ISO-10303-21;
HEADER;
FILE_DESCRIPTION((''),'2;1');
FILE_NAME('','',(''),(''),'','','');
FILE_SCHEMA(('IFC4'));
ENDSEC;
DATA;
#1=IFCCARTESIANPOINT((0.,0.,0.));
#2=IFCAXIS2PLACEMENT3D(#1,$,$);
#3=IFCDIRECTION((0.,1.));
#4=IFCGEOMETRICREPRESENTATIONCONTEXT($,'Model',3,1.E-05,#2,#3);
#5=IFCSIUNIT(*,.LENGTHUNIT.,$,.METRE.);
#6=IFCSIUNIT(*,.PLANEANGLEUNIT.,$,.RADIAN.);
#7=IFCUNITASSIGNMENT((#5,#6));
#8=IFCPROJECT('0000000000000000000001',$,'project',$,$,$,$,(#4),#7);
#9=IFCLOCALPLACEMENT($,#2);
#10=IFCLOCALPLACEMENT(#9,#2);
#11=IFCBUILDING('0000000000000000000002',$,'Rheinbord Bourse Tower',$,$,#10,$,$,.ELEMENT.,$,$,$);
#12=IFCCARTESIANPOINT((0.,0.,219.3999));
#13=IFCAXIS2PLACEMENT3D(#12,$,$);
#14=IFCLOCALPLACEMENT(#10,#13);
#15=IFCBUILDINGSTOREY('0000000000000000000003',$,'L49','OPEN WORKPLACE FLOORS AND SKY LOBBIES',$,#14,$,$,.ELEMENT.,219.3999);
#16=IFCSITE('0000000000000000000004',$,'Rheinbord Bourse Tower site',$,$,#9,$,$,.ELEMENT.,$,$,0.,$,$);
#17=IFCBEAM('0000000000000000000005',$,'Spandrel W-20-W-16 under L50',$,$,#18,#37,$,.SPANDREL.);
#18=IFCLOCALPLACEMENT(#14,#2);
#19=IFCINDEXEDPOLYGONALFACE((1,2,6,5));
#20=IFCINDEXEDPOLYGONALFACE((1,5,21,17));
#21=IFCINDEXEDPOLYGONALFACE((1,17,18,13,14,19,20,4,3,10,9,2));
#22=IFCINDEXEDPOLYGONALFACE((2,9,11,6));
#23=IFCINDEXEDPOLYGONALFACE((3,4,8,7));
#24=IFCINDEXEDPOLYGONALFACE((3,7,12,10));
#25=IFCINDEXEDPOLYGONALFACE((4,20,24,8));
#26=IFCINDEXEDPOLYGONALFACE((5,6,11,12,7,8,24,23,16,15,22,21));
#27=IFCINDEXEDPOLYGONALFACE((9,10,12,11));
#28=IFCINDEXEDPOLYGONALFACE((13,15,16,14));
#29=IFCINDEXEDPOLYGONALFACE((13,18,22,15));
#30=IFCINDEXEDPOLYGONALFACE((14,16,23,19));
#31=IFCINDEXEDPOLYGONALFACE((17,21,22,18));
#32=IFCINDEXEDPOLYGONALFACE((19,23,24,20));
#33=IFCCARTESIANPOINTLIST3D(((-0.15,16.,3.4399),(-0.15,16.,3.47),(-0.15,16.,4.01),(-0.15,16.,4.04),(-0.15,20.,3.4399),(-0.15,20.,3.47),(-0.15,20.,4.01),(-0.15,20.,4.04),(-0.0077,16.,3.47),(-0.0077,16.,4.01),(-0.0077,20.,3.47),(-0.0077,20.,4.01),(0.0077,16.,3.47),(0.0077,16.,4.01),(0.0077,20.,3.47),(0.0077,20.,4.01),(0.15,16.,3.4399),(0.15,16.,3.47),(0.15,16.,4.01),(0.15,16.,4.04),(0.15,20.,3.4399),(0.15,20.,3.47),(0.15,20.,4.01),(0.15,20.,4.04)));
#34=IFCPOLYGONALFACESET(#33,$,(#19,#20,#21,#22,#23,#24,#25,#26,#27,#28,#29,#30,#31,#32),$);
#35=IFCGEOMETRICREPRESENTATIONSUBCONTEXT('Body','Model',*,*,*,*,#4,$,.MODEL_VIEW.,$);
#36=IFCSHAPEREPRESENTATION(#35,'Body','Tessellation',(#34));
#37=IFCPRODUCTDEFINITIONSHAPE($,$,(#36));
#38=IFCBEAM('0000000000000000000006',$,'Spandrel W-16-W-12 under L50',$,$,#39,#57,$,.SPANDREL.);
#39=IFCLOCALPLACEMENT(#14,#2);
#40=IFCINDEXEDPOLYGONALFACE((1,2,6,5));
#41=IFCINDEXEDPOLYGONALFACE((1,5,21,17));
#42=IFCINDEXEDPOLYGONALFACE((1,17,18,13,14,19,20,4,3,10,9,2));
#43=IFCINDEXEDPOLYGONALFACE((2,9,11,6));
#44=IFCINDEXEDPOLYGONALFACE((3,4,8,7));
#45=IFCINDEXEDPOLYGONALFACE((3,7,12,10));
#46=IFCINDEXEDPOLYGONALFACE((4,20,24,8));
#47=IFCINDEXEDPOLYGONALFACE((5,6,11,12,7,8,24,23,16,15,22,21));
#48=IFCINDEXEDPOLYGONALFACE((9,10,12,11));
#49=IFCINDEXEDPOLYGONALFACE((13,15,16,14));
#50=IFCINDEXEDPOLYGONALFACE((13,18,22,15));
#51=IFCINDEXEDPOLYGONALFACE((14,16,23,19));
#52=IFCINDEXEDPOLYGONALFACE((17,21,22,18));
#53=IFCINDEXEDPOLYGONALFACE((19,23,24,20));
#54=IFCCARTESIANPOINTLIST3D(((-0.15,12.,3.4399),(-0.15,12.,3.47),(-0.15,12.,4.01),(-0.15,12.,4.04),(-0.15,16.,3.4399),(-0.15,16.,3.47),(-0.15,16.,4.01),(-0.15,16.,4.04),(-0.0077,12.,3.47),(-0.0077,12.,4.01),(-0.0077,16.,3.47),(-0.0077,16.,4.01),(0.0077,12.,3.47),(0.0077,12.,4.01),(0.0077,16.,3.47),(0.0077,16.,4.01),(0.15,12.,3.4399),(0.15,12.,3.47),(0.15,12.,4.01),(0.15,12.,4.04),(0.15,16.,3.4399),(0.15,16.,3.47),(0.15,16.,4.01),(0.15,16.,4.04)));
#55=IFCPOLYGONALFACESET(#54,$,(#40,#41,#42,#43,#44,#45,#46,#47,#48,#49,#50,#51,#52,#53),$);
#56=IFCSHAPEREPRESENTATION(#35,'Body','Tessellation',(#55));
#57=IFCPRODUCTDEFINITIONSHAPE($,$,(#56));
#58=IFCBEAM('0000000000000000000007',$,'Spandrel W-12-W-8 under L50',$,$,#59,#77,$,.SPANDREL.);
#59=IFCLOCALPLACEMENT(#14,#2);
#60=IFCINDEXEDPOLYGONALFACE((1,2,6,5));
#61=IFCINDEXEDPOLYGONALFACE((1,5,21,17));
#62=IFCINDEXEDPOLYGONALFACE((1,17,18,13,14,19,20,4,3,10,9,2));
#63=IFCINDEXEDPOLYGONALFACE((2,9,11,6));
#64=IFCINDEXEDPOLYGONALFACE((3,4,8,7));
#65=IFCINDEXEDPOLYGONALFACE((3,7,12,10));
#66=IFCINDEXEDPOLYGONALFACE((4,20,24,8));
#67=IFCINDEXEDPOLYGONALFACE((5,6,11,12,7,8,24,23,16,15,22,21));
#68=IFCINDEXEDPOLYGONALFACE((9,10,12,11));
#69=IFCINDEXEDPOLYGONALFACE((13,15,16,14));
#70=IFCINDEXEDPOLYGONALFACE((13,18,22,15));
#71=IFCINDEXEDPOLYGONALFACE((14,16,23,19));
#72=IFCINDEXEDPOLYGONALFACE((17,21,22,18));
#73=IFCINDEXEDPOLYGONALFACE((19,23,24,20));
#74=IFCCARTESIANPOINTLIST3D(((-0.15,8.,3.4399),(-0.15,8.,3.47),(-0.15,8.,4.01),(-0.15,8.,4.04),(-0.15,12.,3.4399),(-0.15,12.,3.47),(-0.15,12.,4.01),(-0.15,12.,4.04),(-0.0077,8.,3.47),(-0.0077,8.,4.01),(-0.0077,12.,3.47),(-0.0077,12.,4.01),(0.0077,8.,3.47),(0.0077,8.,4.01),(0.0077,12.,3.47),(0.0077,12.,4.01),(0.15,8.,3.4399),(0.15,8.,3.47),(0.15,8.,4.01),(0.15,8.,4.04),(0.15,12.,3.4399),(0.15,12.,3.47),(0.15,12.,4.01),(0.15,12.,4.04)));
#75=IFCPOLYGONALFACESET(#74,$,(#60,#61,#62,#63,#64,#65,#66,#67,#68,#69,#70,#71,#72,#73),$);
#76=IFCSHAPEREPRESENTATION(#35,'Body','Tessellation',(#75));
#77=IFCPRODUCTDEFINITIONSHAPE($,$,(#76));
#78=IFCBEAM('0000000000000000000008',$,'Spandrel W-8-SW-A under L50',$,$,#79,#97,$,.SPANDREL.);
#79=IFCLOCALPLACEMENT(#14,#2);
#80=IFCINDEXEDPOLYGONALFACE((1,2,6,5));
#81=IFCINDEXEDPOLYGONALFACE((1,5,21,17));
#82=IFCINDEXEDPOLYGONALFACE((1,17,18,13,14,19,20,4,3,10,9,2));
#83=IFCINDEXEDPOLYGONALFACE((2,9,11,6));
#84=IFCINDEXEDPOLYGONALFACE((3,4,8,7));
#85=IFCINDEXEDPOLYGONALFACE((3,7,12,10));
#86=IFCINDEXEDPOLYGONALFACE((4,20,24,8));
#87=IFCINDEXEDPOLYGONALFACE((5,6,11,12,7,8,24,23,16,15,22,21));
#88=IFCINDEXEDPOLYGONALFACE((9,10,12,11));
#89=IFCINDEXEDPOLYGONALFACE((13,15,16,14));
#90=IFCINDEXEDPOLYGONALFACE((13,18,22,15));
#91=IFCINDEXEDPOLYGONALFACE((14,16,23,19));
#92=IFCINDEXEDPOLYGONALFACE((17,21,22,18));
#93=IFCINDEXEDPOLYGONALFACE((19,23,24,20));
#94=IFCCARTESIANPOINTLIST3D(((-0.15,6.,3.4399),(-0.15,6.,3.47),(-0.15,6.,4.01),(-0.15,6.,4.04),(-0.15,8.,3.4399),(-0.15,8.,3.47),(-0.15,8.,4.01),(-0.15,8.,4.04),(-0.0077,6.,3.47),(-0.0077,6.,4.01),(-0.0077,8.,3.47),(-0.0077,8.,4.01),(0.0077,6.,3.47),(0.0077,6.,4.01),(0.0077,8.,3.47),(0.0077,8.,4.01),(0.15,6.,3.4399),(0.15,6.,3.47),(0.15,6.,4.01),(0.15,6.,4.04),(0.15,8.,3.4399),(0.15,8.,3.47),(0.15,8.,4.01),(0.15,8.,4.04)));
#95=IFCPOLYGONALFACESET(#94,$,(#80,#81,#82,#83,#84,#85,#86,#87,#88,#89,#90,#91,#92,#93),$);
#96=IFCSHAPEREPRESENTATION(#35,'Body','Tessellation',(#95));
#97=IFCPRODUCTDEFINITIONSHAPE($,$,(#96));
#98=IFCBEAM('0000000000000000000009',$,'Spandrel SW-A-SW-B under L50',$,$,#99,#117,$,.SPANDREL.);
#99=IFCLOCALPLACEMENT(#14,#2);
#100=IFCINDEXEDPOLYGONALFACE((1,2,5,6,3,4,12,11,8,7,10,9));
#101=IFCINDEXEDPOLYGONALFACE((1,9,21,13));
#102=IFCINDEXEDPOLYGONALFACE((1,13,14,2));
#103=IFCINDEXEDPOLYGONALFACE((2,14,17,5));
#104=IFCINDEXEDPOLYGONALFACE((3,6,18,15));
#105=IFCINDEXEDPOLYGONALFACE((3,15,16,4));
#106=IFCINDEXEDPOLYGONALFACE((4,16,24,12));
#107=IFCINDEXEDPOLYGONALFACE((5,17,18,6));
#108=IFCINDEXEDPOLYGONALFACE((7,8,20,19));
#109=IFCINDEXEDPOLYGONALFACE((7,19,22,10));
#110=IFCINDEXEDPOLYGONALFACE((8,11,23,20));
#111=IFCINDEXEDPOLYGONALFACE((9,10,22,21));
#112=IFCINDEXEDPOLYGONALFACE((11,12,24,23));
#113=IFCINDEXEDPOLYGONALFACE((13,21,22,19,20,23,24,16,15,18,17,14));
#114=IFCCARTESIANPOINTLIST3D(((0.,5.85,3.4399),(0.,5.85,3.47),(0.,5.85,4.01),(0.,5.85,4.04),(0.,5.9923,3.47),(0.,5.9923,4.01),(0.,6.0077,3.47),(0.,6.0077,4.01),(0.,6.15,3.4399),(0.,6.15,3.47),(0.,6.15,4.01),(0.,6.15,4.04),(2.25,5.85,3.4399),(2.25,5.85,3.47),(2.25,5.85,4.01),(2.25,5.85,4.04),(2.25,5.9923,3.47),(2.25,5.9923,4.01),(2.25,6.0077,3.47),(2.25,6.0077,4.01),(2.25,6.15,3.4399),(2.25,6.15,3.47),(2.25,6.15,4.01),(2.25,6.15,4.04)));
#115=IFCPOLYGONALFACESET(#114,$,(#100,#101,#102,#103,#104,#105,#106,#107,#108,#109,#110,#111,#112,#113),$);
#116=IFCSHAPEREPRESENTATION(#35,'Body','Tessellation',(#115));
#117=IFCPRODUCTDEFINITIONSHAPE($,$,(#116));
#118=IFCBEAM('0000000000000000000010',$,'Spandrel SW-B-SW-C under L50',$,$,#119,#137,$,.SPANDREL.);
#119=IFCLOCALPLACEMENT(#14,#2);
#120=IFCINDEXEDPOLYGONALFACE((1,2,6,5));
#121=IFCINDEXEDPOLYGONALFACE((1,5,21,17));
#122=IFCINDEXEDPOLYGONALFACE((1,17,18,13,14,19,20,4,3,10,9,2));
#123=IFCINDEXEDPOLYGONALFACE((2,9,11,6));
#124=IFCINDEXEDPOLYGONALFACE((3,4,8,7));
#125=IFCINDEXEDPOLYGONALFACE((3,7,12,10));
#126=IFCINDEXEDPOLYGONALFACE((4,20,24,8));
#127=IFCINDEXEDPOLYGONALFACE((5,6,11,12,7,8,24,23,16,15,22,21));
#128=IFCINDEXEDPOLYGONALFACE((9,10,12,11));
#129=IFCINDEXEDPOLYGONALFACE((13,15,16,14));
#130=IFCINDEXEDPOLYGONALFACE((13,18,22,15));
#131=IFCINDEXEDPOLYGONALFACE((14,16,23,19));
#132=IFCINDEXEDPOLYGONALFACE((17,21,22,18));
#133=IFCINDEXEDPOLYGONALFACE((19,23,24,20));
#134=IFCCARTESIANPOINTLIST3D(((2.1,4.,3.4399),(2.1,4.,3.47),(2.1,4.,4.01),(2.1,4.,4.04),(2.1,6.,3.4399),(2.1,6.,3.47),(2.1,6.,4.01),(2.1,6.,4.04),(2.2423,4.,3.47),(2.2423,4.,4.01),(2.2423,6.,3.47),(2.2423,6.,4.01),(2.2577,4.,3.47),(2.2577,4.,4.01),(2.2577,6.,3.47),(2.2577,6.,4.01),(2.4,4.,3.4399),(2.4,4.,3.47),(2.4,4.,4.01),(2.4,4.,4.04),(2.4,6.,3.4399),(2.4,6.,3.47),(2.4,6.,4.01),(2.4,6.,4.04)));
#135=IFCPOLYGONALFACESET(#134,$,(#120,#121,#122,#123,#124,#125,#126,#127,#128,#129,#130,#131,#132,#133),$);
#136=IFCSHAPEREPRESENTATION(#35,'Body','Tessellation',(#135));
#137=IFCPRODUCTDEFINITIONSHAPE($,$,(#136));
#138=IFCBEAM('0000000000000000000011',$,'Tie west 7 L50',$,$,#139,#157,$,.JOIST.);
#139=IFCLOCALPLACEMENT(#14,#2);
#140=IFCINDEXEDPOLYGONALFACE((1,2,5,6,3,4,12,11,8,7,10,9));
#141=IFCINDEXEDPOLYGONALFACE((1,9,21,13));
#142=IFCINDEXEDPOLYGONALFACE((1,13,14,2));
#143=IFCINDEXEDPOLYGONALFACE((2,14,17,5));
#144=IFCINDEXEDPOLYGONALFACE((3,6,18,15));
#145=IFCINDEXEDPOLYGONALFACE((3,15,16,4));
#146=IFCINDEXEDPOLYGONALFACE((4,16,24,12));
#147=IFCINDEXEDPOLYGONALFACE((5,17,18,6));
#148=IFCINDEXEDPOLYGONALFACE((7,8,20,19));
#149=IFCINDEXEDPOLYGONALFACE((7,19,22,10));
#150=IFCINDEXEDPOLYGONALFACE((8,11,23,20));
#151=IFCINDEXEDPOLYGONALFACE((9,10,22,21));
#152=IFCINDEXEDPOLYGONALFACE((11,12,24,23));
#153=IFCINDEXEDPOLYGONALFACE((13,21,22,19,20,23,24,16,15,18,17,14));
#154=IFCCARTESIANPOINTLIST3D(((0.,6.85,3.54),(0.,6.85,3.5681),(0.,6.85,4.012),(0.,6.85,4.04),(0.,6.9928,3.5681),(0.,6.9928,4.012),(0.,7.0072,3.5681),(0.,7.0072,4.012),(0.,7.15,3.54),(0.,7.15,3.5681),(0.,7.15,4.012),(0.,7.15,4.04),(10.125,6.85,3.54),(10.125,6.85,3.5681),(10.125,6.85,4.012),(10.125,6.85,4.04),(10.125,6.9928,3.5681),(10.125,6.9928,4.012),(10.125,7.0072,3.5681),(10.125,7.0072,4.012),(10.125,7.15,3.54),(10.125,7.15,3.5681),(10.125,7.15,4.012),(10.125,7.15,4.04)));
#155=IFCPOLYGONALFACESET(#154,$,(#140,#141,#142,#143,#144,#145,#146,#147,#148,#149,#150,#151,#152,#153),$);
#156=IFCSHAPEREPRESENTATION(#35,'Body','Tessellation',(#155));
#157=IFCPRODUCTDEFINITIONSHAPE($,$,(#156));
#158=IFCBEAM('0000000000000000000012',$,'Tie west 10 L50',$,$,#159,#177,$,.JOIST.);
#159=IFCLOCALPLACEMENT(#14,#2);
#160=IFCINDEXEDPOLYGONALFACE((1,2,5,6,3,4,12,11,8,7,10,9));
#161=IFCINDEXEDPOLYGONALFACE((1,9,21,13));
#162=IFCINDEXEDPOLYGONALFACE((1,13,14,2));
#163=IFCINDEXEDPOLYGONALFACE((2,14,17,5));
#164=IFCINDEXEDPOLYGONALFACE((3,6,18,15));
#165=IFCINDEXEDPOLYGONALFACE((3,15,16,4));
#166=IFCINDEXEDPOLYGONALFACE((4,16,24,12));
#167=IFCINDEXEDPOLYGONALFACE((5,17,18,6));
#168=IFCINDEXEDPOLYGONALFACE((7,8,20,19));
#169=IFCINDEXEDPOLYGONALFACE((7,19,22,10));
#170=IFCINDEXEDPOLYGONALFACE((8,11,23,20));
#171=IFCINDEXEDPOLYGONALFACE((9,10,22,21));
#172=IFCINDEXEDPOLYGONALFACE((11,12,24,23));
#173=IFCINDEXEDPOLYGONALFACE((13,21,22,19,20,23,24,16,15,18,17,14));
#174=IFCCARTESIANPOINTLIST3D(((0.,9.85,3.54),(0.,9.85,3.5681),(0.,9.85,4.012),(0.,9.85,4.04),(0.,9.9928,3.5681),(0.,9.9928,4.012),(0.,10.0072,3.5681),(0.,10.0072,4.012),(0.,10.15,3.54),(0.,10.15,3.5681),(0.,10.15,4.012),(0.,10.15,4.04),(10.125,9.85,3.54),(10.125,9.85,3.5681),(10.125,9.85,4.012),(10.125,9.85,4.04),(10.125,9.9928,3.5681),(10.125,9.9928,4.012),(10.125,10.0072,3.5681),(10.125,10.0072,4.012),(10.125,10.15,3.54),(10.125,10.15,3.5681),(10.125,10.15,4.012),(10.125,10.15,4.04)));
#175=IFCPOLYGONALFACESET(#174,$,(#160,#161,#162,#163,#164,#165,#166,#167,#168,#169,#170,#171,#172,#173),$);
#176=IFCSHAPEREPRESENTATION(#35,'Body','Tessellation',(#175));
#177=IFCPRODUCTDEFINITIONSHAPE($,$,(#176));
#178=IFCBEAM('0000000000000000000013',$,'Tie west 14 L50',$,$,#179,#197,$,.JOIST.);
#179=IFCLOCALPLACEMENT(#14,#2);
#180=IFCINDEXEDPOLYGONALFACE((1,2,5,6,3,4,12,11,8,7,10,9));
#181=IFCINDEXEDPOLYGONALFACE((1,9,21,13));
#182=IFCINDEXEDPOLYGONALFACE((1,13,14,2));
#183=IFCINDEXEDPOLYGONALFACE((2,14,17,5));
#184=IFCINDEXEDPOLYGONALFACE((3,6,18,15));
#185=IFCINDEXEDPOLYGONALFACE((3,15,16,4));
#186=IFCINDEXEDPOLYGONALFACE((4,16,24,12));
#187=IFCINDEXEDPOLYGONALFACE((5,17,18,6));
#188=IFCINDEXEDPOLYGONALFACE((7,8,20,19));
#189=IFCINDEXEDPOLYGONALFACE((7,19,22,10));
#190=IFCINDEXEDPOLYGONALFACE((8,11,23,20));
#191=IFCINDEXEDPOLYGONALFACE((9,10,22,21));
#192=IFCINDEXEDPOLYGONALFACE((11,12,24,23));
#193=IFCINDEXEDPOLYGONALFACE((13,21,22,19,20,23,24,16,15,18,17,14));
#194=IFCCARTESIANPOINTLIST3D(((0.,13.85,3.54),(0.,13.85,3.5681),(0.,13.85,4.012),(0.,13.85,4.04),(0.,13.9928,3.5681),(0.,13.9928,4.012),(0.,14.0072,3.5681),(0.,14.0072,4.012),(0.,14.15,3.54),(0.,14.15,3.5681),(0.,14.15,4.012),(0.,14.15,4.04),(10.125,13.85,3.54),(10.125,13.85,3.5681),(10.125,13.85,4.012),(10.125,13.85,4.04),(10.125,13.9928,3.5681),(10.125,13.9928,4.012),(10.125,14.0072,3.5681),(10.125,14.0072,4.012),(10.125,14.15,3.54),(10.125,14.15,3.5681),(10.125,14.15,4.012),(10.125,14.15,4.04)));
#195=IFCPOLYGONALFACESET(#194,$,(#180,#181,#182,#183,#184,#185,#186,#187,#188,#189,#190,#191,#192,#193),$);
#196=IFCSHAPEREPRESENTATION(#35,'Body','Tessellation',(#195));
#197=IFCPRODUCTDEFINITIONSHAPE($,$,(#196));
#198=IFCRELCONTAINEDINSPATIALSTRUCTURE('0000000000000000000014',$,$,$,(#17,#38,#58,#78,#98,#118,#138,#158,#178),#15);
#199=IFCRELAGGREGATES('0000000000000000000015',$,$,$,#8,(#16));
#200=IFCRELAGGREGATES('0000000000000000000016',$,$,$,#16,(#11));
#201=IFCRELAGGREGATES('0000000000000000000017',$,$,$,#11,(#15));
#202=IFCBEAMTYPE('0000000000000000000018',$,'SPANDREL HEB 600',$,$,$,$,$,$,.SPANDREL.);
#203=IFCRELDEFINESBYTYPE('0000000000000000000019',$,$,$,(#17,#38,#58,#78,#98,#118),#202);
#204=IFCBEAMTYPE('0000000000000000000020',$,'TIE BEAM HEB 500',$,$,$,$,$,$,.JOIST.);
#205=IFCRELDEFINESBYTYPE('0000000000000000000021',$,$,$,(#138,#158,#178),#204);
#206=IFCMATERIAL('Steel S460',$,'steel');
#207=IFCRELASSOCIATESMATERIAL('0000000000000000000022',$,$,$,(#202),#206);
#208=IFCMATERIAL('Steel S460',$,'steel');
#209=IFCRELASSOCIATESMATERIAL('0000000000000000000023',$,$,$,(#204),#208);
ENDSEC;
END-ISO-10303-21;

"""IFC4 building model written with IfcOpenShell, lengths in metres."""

from ifc_helpers import new_model, si_unit, direction, frame, origin, origin_2d, place, context, subcontext, project, spatial, i_section, extrude, material, material_profile, profile_set, type_object, element, save


model = new_model("IFC4")

# Units and contexts
model_context = context("Model", 3, precision=1e-05, world=origin(), true_north=direction((0.0, 1.0)))
body_context = subcontext(model_context, "Body", "Model", "MODEL_VIEW")
ifc_project = project(units=[si_unit("LENGTHUNIT", "METRE"), si_unit("PLANEANGLEUNIT", "RADIAN")], contexts=[model_context])

# Site, building, storey
site_placement = place(None, origin())
site = spatial("IfcSite", under=ifc_project, at=site_placement, Name="Rheinbord Bourse Tower site", CompositionType="ELEMENT", RefElevation=0.0)
building_placement = place(site_placement, origin())
building = spatial("IfcBuilding", under=site, at=building_placement, Name="Rheinbord Bourse Tower", CompositionType="ELEMENT")
storey_placement = place(building_placement, frame((0.0, 0.0, 219.3999)))
storey = spatial("IfcBuildingStorey", under=building, at=storey_placement, Name="L49", Description="OPEN WORKPLACE FLOORS AND SKY LOBBIES", CompositionType="ELEMENT", Elevation=219.3999)

# Beams
ifc_material_1 = material(Name="Steel S460", Category="steel")
ifc_material_profile_1 = material_profile(ifc_material_1, i_section(OverallWidth=0.3, OverallDepth=0.6001, WebThickness=0.0154, FlangeThickness=0.03, at=origin_2d()), Name="HEB 600")
ifc_profile_set_1 = profile_set([ifc_material_profile_1], Name="Steel S460")
beam_type_1 = type_object("IfcBeamType", Name="SPANDREL HEB 600", PredefinedType="SPANDREL", material=ifc_profile_set_1)
for number, where, z_axis, x_axis, name in (
    (1, (0.0, 20.0, 3.74), (0.0, -1.0, 0.0), (1.0, 0.0, 0.0), "Spandrel W-20-W-16 under L50"),
    (2, (0.0, 16.0, 3.74), (0.0, -1.0, 0.0), (1.0, 0.0, 0.0), "Spandrel W-16-W-12 under L50"),
    (3, (0.0, 12.0, 3.74), (0.0, -1.0, 0.0), (1.0, 0.0, 0.0), "Spandrel W-12-W-8 under L50"),
):
    element("IfcBeam", number, at=place(storey_placement, frame(where, z_axis=z_axis, x_axis=x_axis)), inside=storey, type_object=beam_type_1, Name=name, PredefinedType="SPANDREL", context=body_context, shape_type="SweptSolid", body=[
        extrude(i_section(OverallWidth=0.3, OverallDepth=0.6001, WebThickness=0.0154, FlangeThickness=0.03, at=origin_2d()), origin(), (0.0, 0.0, 1.0), 4.0),
    ])
beam_1_placement = place(storey_placement, frame((0.0, 8.0, 3.74), z_axis=(0.0, -1.0, 0.0), x_axis=(1.0, 0.0, 0.0)))
element("IfcBeam", 4, at=beam_1_placement, inside=storey, type_object=beam_type_1, Name="Spandrel W-8-SW-A under L50", PredefinedType="SPANDREL", context=body_context, shape_type="SweptSolid", body=[
    extrude(i_section(OverallWidth=0.3, OverallDepth=0.6001, WebThickness=0.0154, FlangeThickness=0.03, at=origin_2d()), origin(), (0.0, 0.0, 1.0), 2.0),
])
beam_2_placement = place(storey_placement, frame((0.0, 6.0, 3.74), z_axis=(1.0, 0.0, 0.0), x_axis=(0.0, 1.0, 0.0)))
element("IfcBeam", 5, at=beam_2_placement, inside=storey, type_object=beam_type_1, Name="Spandrel SW-A-SW-B under L50", PredefinedType="SPANDREL", context=body_context, shape_type="SweptSolid", body=[
    extrude(i_section(OverallWidth=0.3, OverallDepth=0.6001, WebThickness=0.0154, FlangeThickness=0.03, at=origin_2d()), origin(), (0.0, 0.0, 1.0), 2.25),
])
beam_3_placement = place(storey_placement, frame((2.25, 6.0, 3.74), z_axis=(0.0, -1.0, 0.0), x_axis=(1.0, 0.0, 0.0)))
element("IfcBeam", 6, at=beam_3_placement, inside=storey, type_object=beam_type_1, Name="Spandrel SW-B-SW-C under L50", PredefinedType="SPANDREL", context=body_context, shape_type="SweptSolid", body=[
    extrude(i_section(OverallWidth=0.3, OverallDepth=0.6001, WebThickness=0.0154, FlangeThickness=0.03, at=origin_2d()), origin(), (0.0, 0.0, 1.0), 2.0),
])
ifc_material_2 = material(Name="Steel S460", Category="steel")
ifc_material_profile_2 = material_profile(ifc_material_2, i_section(OverallWidth=0.3, OverallDepth=0.5, WebThickness=0.0144, FlangeThickness=0.0281, at=origin_2d()), Name="HEB 500")
ifc_profile_set_2 = profile_set([ifc_material_profile_2], Name="Steel S460")
beam_type_2 = type_object("IfcBeamType", Name="TIE BEAM HEB 500", PredefinedType="JOIST", material=ifc_profile_set_2)
for number, where, z_axis, x_axis, name in (
    (7, (0.0, 7.0, 3.79), (1.0, 0.0, 0.0), (0.0, 1.0, 0.0), "Tie west 7 L50"),
    (8, (0.0, 10.0, 3.79), (1.0, 0.0, 0.0), (0.0, 1.0, 0.0), "Tie west 10 L50"),
    (9, (0.0, 14.0, 3.79), (1.0, 0.0, 0.0), (0.0, 1.0, 0.0), "Tie west 14 L50"),
):
    element("IfcBeam", number, at=place(storey_placement, frame(where, z_axis=z_axis, x_axis=x_axis)), inside=storey, type_object=beam_type_2, Name=name, PredefinedType="JOIST", context=body_context, shape_type="SweptSolid", body=[
        extrude(i_section(OverallWidth=0.3, OverallDepth=0.5, WebThickness=0.0144, FlangeThickness=0.0281, at=origin_2d()), origin(), (0.0, 0.0, 1.0), 10.125),
    ])

save(model, "model.ifc")
